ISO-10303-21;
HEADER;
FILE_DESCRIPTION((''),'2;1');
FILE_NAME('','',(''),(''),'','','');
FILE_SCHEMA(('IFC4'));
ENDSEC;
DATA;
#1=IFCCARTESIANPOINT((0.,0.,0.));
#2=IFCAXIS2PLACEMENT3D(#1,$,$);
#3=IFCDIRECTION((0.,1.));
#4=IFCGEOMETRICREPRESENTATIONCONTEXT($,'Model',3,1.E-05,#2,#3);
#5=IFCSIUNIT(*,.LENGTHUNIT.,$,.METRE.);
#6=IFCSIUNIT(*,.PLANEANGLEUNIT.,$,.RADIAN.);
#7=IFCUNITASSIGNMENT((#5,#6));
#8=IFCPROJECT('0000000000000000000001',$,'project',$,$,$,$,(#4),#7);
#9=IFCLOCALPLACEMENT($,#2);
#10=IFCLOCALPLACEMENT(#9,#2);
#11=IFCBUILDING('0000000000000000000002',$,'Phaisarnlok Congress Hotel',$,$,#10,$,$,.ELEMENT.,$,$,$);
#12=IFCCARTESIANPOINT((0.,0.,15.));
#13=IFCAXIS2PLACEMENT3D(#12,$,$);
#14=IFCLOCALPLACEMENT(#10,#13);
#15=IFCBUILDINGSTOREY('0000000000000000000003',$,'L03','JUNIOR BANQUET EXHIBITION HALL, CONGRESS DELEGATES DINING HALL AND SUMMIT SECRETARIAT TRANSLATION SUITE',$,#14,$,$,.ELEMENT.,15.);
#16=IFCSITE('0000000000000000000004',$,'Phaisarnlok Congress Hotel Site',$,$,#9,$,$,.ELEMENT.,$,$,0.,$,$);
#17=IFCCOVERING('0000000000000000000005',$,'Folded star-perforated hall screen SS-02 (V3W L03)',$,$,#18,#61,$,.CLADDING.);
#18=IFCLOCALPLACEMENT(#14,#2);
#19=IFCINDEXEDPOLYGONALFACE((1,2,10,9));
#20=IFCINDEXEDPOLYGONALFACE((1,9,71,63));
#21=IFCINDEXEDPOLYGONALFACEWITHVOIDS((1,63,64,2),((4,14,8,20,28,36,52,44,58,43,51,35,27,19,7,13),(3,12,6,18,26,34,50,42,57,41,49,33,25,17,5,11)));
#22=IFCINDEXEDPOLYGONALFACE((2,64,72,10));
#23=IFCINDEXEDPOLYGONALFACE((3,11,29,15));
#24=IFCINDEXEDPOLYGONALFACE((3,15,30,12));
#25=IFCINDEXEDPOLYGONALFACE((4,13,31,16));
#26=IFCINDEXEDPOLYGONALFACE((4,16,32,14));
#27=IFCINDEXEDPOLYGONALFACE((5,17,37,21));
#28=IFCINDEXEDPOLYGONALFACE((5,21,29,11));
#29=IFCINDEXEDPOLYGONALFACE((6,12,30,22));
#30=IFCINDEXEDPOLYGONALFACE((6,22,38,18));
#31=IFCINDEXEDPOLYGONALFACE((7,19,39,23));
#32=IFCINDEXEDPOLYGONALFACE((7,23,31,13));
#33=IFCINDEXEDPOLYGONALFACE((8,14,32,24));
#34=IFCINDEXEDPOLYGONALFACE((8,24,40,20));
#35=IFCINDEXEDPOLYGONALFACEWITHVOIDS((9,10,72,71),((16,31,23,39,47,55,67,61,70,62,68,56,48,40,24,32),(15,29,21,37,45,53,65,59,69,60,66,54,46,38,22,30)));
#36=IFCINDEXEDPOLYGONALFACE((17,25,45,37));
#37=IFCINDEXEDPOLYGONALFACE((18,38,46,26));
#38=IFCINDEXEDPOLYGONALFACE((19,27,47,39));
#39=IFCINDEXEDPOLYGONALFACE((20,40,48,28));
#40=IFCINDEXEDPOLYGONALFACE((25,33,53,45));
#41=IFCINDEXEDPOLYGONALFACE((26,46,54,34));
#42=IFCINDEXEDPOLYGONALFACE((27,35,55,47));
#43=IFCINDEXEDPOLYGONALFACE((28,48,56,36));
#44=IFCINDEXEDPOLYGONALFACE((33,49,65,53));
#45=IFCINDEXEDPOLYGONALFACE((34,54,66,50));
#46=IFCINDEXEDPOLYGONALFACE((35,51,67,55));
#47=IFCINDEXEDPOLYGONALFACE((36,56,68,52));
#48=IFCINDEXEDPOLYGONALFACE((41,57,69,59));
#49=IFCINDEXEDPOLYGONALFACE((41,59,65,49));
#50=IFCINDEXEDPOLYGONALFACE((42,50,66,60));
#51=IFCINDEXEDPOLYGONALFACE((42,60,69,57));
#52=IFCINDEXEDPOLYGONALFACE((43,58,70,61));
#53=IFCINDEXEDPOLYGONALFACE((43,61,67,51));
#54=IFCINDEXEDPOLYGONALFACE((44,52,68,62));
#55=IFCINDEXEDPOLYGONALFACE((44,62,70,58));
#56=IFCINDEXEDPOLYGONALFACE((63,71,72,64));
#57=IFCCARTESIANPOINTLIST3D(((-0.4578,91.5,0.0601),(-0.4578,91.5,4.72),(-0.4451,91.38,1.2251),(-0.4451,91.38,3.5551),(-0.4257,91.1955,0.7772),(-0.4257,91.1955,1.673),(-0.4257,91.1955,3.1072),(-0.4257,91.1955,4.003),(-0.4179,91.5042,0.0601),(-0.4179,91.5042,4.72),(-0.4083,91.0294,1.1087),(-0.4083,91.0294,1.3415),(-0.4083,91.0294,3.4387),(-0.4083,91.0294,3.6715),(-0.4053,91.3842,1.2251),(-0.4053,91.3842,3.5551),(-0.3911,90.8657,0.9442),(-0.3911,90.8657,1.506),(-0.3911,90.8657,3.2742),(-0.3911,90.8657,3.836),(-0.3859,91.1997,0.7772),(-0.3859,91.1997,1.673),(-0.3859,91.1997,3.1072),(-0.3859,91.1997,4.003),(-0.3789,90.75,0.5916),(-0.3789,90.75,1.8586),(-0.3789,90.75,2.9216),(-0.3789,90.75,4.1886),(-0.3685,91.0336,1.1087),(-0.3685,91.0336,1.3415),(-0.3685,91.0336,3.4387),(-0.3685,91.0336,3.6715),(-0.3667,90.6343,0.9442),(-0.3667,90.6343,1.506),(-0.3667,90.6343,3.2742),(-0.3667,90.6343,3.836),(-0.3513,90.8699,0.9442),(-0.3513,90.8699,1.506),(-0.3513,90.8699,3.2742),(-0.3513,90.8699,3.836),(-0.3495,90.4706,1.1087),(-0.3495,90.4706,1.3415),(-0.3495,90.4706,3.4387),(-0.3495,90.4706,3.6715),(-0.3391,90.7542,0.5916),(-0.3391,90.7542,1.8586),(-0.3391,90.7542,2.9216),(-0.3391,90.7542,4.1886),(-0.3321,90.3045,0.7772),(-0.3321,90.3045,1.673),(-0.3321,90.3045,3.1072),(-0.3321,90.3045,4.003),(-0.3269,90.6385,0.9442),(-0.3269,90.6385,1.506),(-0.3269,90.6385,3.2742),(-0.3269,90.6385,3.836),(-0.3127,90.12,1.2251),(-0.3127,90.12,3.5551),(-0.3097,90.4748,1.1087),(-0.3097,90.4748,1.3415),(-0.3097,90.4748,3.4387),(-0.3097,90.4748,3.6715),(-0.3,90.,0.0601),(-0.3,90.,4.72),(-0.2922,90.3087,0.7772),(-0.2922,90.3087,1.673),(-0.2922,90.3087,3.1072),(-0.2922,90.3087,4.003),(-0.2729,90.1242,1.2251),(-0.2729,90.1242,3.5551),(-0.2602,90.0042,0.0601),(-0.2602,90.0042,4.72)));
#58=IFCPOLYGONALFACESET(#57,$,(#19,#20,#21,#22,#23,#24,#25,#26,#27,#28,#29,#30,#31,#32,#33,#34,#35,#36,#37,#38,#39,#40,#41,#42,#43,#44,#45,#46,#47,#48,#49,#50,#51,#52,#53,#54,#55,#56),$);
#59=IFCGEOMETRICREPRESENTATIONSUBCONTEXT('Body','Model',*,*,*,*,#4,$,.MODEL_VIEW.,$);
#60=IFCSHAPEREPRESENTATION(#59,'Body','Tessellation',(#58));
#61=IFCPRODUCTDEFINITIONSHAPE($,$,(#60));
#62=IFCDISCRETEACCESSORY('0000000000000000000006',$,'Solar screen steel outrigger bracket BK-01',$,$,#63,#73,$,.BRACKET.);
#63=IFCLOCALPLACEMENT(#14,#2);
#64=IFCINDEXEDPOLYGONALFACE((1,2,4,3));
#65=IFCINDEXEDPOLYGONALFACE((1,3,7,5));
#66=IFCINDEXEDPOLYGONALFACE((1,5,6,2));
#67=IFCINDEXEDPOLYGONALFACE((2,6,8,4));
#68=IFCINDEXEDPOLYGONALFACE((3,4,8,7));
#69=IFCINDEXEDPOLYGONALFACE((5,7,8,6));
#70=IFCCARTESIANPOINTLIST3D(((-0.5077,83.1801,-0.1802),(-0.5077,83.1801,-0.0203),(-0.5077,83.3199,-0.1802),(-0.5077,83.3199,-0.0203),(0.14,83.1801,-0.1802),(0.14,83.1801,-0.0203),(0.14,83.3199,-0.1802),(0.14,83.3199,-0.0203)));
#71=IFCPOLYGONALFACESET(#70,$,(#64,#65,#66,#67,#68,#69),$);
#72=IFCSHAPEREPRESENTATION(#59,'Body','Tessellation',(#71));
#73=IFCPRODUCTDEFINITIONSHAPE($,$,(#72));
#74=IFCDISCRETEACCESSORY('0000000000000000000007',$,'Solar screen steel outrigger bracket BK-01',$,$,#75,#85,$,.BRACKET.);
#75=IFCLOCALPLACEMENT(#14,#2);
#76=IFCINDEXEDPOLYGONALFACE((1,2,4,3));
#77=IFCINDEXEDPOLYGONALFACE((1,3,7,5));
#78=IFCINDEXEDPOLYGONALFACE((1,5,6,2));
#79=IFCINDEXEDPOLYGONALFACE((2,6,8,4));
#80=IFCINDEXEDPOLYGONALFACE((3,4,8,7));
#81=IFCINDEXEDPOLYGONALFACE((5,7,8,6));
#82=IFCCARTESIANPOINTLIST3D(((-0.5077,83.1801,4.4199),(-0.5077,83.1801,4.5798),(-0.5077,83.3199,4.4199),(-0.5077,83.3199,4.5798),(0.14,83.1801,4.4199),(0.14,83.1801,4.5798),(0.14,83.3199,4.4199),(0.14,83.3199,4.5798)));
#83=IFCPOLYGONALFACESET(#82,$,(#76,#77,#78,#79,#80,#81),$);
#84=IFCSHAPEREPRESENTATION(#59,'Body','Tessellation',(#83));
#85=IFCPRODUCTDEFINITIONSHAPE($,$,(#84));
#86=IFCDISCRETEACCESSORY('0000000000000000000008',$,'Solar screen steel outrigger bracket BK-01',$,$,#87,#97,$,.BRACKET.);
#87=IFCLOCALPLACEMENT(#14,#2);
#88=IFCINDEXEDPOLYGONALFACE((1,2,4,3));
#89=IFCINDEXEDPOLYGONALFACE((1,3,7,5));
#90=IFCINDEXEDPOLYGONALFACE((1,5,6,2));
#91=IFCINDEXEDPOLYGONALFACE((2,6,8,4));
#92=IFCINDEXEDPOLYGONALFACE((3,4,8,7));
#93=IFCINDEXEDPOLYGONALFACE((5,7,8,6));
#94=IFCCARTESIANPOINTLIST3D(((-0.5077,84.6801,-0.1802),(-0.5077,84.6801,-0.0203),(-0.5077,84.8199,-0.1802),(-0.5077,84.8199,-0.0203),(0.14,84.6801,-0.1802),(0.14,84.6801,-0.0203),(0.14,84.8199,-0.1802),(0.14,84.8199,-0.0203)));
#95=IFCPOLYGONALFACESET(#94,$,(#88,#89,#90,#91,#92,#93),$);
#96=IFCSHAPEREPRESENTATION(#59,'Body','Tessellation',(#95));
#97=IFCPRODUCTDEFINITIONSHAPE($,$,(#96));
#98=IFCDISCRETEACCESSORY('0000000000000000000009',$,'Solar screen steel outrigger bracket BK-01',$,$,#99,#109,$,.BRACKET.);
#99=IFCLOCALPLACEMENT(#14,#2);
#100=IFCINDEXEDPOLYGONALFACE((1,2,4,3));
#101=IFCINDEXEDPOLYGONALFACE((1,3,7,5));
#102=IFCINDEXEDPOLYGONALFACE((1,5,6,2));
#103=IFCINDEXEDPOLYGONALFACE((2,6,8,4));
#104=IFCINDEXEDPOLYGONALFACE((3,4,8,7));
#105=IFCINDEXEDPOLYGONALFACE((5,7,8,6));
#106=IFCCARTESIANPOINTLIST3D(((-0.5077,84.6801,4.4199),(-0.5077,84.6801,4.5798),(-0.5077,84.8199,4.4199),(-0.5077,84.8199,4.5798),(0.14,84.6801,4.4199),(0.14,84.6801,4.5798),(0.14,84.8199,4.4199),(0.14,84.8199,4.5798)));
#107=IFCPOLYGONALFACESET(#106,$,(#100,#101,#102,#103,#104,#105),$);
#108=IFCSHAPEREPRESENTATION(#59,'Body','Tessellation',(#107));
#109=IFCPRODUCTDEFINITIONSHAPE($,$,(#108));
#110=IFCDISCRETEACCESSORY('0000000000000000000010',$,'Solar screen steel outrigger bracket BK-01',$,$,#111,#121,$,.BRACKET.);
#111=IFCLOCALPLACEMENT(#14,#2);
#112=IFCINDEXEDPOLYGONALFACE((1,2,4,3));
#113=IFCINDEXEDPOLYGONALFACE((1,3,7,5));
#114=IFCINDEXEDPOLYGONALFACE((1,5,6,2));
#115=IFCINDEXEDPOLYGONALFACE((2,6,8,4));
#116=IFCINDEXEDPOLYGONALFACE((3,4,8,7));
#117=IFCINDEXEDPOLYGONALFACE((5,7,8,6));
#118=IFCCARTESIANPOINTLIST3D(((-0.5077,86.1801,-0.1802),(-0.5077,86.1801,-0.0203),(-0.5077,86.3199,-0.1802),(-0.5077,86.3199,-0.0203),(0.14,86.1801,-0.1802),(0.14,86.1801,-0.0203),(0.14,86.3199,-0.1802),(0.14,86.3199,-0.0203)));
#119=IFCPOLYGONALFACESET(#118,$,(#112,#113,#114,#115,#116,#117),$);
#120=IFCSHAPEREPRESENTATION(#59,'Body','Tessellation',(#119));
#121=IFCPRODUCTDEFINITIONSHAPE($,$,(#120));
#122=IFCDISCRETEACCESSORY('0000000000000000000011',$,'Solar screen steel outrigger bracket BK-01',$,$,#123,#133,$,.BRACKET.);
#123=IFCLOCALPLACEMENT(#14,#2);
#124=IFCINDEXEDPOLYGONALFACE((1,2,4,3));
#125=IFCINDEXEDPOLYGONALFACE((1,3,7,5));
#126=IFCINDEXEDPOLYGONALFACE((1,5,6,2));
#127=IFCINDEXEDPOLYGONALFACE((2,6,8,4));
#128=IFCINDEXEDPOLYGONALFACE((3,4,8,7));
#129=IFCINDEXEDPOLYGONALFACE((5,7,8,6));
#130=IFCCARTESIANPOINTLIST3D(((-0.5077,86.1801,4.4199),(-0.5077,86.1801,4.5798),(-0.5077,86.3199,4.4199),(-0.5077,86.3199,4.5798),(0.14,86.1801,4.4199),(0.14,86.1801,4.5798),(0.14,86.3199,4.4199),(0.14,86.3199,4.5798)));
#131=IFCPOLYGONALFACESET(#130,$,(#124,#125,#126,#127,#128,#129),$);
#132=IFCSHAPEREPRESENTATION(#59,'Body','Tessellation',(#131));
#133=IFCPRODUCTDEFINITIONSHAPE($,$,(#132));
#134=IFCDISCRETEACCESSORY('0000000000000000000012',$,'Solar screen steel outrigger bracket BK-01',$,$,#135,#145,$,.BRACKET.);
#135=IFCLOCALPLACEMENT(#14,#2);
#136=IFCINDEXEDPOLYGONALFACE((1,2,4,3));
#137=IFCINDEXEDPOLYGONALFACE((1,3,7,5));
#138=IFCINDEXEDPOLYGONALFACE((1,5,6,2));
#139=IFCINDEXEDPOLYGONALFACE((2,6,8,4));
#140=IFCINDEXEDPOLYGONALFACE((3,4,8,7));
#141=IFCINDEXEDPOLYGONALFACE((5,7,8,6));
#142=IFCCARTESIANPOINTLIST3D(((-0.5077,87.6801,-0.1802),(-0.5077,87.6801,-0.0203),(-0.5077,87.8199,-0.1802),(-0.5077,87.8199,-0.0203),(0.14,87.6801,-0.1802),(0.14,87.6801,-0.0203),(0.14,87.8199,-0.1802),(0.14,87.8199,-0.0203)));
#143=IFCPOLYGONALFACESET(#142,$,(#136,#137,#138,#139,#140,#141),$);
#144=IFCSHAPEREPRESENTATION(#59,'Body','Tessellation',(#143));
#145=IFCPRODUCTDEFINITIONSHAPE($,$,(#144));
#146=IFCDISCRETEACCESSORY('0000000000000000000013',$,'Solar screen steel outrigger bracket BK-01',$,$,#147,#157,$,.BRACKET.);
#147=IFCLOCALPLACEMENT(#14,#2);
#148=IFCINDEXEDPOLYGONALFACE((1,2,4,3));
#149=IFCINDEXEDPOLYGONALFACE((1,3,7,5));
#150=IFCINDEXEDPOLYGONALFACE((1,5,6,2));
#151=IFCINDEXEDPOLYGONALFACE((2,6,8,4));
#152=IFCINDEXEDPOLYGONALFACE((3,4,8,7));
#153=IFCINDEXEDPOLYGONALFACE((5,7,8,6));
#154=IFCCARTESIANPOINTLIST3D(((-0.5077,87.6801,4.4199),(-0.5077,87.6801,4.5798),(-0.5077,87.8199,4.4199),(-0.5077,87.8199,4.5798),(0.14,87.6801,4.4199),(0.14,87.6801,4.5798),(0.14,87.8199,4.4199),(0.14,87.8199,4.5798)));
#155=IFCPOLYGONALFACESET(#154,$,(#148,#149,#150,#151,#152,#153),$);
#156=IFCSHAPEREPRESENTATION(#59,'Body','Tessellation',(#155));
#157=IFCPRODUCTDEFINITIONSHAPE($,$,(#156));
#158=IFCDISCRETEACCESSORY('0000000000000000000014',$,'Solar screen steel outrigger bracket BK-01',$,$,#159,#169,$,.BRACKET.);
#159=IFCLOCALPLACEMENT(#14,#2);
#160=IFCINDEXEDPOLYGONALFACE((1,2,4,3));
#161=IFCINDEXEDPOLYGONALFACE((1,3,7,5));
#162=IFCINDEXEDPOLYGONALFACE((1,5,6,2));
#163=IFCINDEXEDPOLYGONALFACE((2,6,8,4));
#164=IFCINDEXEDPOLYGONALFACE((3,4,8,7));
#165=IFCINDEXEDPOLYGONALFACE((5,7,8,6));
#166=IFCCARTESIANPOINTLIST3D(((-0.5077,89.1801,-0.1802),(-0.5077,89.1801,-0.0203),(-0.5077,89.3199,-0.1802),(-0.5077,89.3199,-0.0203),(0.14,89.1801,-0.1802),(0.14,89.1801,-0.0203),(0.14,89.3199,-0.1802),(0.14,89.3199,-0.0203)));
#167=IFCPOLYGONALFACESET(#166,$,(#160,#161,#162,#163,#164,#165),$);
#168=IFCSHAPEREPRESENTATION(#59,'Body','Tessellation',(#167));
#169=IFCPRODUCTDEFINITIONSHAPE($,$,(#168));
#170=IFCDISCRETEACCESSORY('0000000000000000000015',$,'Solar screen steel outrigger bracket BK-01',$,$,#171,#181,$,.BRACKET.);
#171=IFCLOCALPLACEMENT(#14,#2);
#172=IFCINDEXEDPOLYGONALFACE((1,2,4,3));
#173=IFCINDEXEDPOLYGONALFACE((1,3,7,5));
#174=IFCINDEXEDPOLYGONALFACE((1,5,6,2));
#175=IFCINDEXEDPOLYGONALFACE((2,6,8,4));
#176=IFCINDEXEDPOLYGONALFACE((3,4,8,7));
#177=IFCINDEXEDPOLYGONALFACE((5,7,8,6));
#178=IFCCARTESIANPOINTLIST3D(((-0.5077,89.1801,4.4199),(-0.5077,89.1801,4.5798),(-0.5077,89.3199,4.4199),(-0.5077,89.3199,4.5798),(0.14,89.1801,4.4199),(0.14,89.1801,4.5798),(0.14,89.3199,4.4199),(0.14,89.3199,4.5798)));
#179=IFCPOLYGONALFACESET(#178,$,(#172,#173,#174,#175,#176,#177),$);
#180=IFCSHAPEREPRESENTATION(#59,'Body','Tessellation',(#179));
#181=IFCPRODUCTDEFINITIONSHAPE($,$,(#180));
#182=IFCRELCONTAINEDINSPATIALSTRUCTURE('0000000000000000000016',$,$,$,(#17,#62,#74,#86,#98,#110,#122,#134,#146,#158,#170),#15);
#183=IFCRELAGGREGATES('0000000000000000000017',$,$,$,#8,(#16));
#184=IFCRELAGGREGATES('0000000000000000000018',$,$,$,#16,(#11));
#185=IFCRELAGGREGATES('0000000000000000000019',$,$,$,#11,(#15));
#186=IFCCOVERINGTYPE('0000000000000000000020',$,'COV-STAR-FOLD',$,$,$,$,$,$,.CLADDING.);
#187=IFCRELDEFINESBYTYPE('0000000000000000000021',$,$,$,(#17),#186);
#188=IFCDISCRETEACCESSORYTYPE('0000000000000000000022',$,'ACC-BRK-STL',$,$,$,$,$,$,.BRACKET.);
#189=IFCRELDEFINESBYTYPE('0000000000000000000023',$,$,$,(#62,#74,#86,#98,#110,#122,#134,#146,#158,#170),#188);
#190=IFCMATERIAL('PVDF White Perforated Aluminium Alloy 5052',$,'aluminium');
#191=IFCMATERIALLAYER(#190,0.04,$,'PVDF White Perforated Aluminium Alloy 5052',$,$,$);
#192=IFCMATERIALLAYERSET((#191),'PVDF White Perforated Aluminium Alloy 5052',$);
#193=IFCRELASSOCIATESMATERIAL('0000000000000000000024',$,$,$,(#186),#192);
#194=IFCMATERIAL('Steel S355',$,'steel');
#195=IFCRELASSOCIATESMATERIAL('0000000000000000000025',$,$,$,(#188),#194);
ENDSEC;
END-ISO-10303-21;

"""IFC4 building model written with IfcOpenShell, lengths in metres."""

from ifc_helpers import new_model, si_unit, direction, frame, origin, origin_2d, place, context, subcontext, project, spatial, polyline, rectangle, outline, extrude, material, layer, layer_set, type_object, element, save


model = new_model("IFC4")

# Units and contexts
model_context = context("Model", 3, precision=1e-05, world=origin(), true_north=direction((0.0, 1.0)))
body_context = subcontext(model_context, "Body", "Model", "MODEL_VIEW")
ifc_project = project(units=[si_unit("LENGTHUNIT", "METRE"), si_unit("PLANEANGLEUNIT", "RADIAN")], contexts=[model_context])

# Site, building, storey
site_placement = place(None, origin())
site = spatial("IfcSite", under=ifc_project, at=site_placement, Name="Phaisarnlok Congress Hotel Site", CompositionType="ELEMENT", RefElevation=0.0)
building_placement = place(site_placement, origin())
building = spatial("IfcBuilding", under=site, at=building_placement, Name="Phaisarnlok Congress Hotel", CompositionType="ELEMENT")
storey_placement = place(building_placement, frame((0.0, 0.0, 15.0)))
storey = spatial("IfcBuildingStorey", under=building, at=storey_placement, Name="L03", Description="JUNIOR BANQUET EXHIBITION HALL, CONGRESS DELEGATES DINING HALL AND SUMMIT SECRETARIAT TRANSLATION SUITE", CompositionType="ELEMENT", Elevation=15.0)

# Shared definitions
ifc_material_1 = material(Name="Steel S355", Category="steel")

# Covering
ifc_material_2 = material(Name="PVDF White Perforated Aluminium Alloy 5052", Category="aluminium")
ifc_layer_1 = layer(ifc_material_2, 0.04, Name="PVDF White Perforated Aluminium Alloy 5052")
ifc_layer_set_1 = layer_set([ifc_layer_1], Name="PVDF White Perforated Aluminium Alloy 5052")
covering_type = type_object("IfcCoveringType", Name="COV-STAR-FOLD", PredefinedType="CLADDING", material=ifc_layer_set_1)
for number, where, z_axis, x_axis, name in (
    (1, (-0.3, 90.0, 0.0601), (0.994518, 0.104567, 0.0), (-0.104567, 0.994518, 0.0), "Folded star-perforated hall screen SS-02 (V3W L03)"),
):
    element("IfcCovering", number, at=place(storey_placement, frame(where, z_axis=z_axis, x_axis=x_axis)), inside=storey, type_object=covering_type, Name=name, PredefinedType="CLADDING", context=body_context, shape_type="SweptSolid", body=[
        extrude(outline(polyline([(0.0, 0.0), (1.5083, 0.0), (1.5083, 4.6599), (0.0, 4.6599), (0.0, 0.0)]), holes=[polyline([(1.0351, 1.0486), (1.2021, 0.7171), (0.8705, 0.8841), (0.7541, 0.5315), (0.6378, 0.8841), (0.3062, 0.7171), (0.4732, 1.0486), (0.1207, 1.165), (0.4732, 1.2814), (0.3062, 1.6129), (0.6378, 1.4459), (0.7541, 1.7985), (0.8705, 1.4459), (1.2021, 1.6129), (1.0351, 1.2814), (1.3876, 1.165), (1.0351, 1.0486)]), polyline([(1.0351, 3.3786), (1.2021, 3.0471), (0.8705, 3.2141), (0.7541, 2.8615), (0.6378, 3.2141), (0.3062, 3.0471), (0.4732, 3.3786), (0.1207, 3.495), (0.4732, 3.6114), (0.3062, 3.9429), (0.6378, 3.7759), (0.7541, 4.1285), (0.8705, 3.7759), (1.2021, 3.9429), (1.0351, 3.6114), (1.3876, 3.495), (1.0351, 3.3786)])]), origin(), (0.0, 0.0, 1.0), 0.04),
    ])

# Discrete accessories
discrete_accessory_type = type_object("IfcDiscreteAccessoryType", Name="ACC-BRK-STL", PredefinedType="BRACKET", material=ifc_material_1)
for number, where, z_axis, x_axis, name in (
    (2, (-0.1838, 83.25, -0.1802), (0.0, 0.0, 1.0), (1.0, 0.0, 0.0), "Solar screen steel outrigger bracket BK-01"),
    (3, (-0.1838, 83.25, 4.4199), (0.0, 0.0, 1.0), (1.0, 0.0, 0.0), "Solar screen steel outrigger bracket BK-01"),
    (4, (-0.1838, 84.75, -0.1802), (0.0, 0.0, 1.0), (1.0, 0.0, 0.0), "Solar screen steel outrigger bracket BK-01"),
    (5, (-0.1838, 84.75, 4.4199), (0.0, 0.0, 1.0), (1.0, 0.0, 0.0), "Solar screen steel outrigger bracket BK-01"),
    (6, (-0.1838, 86.25, -0.1802), (0.0, 0.0, 1.0), (1.0, 0.0, 0.0), "Solar screen steel outrigger bracket BK-01"),
    (7, (-0.1838, 86.25, 4.4199), (0.0, 0.0, 1.0), (1.0, 0.0, 0.0), "Solar screen steel outrigger bracket BK-01"),
    (8, (-0.1838, 87.75, -0.1802), (0.0, 0.0, 1.0), (1.0, 0.0, 0.0), "Solar screen steel outrigger bracket BK-01"),
    (9, (-0.1838, 87.75, 4.4199), (0.0, 0.0, 1.0), (1.0, 0.0, 0.0), "Solar screen steel outrigger bracket BK-01"),
    (10, (-0.1838, 89.25, -0.1802), (0.0, 0.0, 1.0), (1.0, 0.0, 0.0), "Solar screen steel outrigger bracket BK-01"),
    (11, (-0.1838, 89.25, 4.4199), (0.0, 0.0, 1.0), (1.0, 0.0, 0.0), "Solar screen steel outrigger bracket BK-01"),
):
    element("IfcDiscreteAccessory", number, at=place(storey_placement, frame(where, z_axis=z_axis, x_axis=x_axis)), inside=storey, type_object=discrete_accessory_type, Name=name, PredefinedType="BRACKET", context=body_context, shape_type="SweptSolid", body=[
        extrude(rectangle(XDim=0.6477, YDim=0.1399, at=origin_2d()), origin(), (0.0, 0.0, 1.0), 0.1599),
    ])

save(model, "model.ifc")
